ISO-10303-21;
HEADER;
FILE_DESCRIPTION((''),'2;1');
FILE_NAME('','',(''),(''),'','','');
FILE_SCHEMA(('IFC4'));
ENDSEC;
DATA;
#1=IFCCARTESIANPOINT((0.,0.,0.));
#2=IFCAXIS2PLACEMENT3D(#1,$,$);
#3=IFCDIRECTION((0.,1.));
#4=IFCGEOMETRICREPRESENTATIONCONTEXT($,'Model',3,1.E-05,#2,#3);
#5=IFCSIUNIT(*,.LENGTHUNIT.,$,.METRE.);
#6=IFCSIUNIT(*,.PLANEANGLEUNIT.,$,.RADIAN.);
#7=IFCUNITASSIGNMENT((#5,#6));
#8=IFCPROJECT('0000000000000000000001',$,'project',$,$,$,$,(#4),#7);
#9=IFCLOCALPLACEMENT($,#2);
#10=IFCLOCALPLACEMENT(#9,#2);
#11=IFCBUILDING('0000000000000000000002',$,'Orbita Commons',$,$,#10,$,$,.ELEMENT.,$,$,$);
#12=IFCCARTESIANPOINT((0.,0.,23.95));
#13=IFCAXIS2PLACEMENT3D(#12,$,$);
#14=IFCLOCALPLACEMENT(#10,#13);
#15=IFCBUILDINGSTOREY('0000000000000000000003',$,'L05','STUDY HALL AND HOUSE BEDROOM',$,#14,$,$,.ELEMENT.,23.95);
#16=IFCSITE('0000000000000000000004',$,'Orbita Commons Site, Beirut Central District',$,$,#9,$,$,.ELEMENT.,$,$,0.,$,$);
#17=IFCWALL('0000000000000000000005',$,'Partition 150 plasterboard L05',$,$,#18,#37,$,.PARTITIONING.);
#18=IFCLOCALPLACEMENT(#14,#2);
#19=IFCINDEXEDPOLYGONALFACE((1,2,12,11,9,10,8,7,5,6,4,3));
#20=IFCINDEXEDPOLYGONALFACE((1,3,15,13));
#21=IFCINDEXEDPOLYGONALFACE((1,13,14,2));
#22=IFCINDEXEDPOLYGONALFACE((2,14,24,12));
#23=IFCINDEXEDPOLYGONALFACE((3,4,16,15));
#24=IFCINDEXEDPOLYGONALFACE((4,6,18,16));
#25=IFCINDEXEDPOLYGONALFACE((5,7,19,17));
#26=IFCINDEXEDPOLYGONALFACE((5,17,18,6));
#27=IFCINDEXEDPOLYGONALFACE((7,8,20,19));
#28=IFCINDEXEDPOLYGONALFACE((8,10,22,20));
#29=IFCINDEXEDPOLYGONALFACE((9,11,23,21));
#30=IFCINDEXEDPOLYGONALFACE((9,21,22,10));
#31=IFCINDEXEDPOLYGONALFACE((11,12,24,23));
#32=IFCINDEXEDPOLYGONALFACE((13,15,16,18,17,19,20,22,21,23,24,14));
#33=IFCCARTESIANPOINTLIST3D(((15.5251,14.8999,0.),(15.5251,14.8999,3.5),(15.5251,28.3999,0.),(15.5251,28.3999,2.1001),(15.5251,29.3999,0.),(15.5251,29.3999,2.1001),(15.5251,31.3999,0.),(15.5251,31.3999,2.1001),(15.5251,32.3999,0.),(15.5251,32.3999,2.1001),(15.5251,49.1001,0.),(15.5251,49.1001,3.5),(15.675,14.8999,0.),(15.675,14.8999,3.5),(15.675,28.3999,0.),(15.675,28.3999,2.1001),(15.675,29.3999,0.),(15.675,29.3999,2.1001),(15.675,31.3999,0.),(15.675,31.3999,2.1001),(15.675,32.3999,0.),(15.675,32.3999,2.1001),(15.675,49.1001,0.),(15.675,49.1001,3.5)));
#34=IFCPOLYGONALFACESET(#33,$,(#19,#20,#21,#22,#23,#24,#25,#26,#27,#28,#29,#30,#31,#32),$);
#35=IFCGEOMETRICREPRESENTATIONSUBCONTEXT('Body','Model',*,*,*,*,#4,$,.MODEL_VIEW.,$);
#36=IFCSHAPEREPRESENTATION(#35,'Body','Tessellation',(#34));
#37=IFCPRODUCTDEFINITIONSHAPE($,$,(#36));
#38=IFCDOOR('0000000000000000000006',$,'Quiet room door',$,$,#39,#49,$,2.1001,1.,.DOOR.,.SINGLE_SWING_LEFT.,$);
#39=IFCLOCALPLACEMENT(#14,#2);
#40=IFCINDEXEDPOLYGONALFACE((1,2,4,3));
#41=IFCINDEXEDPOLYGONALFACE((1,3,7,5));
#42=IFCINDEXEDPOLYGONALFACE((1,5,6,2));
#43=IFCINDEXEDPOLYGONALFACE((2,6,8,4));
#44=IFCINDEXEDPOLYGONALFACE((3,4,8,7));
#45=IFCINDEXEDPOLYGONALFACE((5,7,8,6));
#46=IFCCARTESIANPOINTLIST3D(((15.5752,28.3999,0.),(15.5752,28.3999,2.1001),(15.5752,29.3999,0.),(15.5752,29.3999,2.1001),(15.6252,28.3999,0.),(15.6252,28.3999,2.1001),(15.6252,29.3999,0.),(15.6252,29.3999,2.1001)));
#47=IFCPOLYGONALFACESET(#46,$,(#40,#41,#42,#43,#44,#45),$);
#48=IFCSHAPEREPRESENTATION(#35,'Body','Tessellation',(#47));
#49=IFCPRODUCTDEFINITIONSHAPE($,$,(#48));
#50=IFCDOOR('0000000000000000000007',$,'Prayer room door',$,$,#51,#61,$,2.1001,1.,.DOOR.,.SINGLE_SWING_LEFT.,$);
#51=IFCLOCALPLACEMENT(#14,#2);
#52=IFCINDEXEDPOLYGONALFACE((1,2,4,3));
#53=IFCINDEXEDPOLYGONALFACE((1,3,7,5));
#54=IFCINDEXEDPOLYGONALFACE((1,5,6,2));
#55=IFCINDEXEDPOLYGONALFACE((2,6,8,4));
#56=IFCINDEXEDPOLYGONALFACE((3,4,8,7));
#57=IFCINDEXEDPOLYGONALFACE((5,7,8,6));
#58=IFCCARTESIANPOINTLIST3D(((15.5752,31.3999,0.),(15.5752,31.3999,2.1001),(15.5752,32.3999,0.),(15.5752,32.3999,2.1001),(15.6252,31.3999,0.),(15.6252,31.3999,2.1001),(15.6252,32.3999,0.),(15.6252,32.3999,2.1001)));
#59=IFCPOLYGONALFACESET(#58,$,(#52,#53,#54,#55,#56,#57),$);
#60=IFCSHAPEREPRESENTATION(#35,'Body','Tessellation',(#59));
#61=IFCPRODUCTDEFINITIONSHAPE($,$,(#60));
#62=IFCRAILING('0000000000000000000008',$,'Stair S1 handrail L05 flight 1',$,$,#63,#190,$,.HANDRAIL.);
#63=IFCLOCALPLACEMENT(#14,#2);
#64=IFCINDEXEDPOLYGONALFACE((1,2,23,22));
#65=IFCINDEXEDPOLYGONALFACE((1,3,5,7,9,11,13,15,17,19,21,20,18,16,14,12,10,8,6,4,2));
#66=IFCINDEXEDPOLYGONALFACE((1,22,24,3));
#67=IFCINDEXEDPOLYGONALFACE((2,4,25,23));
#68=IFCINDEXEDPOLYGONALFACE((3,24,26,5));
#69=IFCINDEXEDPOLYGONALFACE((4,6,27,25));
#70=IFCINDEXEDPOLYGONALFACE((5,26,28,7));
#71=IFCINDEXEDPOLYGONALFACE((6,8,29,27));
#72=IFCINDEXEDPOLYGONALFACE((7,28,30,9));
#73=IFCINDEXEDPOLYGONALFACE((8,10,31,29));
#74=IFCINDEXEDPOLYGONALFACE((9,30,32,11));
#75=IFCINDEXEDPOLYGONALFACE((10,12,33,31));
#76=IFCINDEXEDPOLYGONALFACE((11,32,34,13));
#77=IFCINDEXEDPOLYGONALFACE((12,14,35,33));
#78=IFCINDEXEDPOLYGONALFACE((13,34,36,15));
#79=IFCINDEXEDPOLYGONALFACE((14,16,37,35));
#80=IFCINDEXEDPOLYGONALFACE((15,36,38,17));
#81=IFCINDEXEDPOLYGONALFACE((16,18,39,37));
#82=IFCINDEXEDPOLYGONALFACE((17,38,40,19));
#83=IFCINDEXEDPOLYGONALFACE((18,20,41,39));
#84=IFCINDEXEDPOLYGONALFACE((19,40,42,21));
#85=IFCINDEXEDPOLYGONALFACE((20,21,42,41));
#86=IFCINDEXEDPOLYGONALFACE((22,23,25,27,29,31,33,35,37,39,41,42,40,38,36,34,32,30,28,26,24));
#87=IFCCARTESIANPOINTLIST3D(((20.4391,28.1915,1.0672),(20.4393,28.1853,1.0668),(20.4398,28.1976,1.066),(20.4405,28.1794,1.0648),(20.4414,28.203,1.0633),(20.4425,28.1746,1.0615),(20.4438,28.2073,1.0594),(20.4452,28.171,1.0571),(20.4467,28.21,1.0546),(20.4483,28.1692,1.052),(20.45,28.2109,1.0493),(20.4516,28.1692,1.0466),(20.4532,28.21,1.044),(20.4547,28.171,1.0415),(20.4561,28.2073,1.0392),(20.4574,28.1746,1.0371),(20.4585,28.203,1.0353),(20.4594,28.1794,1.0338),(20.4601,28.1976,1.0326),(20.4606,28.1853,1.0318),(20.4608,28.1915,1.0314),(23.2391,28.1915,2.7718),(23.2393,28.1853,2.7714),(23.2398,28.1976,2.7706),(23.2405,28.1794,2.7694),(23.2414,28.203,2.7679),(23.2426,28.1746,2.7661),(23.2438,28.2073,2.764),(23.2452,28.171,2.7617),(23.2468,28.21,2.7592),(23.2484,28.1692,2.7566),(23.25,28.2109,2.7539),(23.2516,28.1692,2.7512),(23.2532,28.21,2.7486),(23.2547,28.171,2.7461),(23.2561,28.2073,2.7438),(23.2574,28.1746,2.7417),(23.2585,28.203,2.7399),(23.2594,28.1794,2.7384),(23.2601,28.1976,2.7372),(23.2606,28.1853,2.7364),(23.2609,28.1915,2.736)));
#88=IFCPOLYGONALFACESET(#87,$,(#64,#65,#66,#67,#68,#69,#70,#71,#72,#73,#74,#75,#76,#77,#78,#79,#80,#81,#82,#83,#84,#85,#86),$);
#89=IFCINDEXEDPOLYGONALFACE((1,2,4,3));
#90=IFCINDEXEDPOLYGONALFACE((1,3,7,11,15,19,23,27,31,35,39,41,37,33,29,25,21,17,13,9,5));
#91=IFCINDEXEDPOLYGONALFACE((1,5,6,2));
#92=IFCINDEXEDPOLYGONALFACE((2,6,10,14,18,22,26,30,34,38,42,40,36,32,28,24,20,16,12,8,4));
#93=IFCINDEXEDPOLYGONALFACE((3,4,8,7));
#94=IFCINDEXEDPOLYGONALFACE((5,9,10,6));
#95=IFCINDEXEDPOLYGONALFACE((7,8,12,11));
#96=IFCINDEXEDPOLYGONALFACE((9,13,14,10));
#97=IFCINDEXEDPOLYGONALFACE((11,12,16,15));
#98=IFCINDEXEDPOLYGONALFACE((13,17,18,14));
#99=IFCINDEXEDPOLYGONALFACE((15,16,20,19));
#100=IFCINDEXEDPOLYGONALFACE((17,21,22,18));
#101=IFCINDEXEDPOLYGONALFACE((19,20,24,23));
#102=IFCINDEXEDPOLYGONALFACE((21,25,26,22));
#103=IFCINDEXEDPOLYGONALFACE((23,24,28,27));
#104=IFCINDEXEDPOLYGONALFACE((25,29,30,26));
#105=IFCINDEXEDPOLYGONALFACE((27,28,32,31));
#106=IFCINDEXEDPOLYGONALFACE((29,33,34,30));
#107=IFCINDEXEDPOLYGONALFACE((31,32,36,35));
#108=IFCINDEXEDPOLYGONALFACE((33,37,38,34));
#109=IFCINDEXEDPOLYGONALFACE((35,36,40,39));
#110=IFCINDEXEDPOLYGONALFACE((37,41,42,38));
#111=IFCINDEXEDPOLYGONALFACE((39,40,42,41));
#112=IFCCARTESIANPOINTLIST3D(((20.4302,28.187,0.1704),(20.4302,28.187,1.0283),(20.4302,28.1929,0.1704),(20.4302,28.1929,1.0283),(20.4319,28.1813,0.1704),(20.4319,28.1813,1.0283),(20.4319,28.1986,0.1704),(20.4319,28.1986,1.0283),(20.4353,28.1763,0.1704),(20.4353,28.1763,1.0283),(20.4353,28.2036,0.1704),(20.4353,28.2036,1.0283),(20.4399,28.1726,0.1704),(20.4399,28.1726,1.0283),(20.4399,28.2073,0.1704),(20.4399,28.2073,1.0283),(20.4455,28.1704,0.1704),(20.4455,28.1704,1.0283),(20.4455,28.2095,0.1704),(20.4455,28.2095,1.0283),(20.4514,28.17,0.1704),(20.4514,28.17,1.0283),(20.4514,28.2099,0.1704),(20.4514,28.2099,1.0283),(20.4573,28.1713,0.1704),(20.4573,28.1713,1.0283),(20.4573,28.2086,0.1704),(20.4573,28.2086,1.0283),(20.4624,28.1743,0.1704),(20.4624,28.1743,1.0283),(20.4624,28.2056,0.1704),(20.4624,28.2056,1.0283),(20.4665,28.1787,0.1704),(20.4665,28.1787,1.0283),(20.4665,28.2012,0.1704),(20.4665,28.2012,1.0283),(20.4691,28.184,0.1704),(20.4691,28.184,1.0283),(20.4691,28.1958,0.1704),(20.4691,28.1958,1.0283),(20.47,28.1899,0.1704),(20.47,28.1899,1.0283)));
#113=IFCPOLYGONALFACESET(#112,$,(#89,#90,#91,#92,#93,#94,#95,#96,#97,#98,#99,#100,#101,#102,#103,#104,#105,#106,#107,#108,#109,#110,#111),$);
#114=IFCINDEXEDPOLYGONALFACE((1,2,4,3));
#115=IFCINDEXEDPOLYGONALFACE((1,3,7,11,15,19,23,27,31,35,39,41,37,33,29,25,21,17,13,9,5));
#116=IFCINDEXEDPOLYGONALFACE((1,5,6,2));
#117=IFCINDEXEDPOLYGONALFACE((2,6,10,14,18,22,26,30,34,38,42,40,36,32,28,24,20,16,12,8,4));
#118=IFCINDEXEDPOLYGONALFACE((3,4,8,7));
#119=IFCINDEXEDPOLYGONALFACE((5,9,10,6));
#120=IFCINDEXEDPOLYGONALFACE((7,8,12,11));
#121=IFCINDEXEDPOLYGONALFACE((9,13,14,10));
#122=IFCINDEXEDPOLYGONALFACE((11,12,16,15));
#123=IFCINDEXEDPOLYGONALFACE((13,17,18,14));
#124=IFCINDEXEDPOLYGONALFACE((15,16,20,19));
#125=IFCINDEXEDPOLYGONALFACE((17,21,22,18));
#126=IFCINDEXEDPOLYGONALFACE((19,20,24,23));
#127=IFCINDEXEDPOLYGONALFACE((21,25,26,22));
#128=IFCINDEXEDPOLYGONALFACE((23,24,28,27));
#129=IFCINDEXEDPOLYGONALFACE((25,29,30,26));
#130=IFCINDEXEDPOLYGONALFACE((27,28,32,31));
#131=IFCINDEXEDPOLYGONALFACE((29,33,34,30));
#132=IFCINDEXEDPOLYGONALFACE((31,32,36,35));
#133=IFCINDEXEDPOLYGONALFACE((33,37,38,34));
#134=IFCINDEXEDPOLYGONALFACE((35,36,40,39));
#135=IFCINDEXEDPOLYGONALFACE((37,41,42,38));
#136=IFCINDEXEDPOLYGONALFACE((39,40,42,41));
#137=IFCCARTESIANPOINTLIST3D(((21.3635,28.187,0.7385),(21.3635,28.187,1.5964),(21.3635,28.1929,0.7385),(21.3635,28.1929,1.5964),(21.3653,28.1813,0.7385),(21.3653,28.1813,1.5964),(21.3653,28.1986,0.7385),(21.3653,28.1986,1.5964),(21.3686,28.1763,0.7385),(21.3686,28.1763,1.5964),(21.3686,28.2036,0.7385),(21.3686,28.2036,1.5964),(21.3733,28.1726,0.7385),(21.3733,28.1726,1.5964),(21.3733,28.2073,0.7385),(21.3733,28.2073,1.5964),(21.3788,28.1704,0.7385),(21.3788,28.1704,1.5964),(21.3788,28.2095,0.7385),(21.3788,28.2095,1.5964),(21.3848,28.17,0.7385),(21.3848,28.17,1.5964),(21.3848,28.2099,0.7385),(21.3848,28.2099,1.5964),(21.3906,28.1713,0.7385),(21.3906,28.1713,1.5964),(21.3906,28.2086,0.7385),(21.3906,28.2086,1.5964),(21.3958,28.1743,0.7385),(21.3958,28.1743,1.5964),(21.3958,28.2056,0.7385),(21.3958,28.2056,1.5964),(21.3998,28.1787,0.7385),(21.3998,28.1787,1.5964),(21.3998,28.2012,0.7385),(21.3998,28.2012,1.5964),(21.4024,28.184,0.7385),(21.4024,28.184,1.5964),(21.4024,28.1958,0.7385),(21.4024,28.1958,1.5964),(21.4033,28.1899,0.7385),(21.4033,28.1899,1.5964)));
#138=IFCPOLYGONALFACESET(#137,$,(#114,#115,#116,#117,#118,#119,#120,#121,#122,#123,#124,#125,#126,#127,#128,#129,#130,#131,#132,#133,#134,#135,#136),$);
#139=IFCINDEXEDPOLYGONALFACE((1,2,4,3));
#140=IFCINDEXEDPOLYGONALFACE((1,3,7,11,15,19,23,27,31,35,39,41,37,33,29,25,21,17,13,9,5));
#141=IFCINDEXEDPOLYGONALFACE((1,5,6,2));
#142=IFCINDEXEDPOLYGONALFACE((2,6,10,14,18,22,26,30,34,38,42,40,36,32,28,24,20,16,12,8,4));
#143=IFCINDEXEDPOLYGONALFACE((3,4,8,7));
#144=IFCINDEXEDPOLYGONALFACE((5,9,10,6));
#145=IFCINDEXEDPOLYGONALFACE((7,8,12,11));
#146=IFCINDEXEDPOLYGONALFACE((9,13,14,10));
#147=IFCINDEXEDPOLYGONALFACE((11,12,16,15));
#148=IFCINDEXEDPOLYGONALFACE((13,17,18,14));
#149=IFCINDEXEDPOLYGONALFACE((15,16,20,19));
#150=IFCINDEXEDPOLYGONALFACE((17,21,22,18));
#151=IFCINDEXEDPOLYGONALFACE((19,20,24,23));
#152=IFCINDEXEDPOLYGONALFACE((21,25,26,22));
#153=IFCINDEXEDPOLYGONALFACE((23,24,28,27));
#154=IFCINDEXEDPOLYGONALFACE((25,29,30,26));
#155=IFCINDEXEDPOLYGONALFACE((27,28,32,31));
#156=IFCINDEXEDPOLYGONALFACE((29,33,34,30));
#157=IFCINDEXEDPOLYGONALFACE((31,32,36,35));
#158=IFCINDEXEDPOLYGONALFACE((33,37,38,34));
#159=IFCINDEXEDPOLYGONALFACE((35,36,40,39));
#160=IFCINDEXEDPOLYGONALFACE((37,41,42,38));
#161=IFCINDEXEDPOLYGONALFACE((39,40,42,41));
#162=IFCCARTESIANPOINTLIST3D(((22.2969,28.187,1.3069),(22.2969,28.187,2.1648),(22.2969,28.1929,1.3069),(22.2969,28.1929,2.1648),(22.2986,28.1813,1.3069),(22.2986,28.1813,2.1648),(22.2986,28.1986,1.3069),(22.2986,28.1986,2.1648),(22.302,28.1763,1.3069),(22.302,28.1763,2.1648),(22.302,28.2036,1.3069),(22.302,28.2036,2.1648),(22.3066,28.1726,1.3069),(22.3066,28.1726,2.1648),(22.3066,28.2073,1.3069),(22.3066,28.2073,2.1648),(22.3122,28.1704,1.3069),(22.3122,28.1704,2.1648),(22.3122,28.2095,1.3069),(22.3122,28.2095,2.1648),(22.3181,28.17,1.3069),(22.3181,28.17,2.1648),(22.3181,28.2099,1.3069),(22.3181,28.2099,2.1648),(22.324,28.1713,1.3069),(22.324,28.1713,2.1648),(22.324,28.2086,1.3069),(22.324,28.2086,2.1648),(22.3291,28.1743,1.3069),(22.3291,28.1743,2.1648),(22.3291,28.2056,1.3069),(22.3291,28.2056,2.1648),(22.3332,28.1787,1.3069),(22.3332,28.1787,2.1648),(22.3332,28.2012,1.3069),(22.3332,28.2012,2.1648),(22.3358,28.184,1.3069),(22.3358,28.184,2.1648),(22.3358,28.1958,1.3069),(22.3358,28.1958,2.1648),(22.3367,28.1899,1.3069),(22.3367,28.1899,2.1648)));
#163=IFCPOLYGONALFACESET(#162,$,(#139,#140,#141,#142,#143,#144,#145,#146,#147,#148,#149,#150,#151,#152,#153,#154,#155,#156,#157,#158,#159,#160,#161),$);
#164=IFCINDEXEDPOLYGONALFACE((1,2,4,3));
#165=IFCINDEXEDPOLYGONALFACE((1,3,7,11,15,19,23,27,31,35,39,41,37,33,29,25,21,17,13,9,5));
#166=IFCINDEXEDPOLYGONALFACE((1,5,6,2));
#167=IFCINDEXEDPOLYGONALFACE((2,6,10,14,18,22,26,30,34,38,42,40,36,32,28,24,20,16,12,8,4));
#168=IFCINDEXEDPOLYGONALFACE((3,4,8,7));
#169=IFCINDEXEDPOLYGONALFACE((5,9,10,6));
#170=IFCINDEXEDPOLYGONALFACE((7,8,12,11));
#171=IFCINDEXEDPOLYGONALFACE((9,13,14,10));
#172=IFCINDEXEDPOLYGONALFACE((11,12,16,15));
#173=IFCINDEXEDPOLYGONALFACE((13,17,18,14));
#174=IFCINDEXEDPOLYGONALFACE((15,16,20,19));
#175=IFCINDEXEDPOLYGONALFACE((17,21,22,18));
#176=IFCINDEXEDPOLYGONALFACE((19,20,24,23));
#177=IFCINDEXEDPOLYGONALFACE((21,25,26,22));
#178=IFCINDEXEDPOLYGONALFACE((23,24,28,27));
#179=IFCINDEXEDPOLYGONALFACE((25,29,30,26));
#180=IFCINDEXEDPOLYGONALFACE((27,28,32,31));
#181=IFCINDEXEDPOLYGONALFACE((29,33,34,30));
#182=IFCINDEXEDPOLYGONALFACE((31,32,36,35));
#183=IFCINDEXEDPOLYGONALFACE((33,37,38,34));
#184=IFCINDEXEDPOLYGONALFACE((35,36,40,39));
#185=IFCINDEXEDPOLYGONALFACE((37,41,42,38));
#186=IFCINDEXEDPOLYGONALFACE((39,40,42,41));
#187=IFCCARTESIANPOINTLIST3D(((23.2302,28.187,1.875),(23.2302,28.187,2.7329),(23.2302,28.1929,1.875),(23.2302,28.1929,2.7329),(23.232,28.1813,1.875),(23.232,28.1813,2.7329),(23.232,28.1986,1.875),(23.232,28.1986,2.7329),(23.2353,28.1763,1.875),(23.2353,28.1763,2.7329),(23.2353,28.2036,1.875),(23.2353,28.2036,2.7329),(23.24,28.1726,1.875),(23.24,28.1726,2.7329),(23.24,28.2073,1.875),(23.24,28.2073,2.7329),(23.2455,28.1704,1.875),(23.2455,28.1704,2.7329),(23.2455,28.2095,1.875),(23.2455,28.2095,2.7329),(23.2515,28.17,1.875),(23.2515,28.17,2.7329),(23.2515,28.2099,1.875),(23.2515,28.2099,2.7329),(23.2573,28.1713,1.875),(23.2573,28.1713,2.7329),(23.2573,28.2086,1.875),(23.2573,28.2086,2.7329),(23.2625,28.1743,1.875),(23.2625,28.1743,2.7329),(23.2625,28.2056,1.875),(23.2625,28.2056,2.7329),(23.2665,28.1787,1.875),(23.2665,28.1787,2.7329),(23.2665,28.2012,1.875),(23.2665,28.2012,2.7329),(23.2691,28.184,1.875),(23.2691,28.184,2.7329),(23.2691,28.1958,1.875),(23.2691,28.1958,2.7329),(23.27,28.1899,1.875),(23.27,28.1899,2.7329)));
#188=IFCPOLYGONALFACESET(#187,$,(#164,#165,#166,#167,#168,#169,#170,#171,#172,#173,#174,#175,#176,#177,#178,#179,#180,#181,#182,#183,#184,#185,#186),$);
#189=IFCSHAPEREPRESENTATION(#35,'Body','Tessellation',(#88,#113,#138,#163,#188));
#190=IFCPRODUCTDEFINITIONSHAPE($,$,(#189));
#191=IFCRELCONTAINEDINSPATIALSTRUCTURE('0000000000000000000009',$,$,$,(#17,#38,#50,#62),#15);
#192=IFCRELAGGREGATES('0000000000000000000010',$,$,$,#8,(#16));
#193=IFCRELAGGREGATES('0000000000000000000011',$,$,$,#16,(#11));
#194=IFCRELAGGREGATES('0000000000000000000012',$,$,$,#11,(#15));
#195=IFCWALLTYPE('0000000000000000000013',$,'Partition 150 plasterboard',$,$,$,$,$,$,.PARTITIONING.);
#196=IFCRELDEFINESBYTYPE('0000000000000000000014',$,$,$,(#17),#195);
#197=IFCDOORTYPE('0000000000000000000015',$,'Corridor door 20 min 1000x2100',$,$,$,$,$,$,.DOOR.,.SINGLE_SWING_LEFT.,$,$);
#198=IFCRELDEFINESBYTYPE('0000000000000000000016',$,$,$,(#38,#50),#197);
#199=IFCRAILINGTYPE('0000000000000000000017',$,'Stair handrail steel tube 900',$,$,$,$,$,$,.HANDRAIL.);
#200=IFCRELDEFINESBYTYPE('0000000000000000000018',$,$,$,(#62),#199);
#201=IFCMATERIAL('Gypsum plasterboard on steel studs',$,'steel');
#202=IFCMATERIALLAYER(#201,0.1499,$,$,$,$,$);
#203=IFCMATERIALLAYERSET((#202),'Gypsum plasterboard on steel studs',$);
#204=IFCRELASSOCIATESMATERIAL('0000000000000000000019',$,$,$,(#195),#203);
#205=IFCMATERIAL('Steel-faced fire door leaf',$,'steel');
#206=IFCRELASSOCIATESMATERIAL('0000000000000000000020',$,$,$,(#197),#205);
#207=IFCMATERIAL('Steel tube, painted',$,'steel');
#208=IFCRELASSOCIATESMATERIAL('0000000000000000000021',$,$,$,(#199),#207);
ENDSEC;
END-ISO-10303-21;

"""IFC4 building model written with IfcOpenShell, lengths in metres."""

from ifc_helpers import new_model, si_unit, direction, frame, frame_2d, origin, origin_2d, place, context, subcontext, project, spatial, rectangle, circle, extrude, material, layer, layer_set, type_object, element, fill, save


model = new_model("IFC4")

# Units and contexts
model_context = context("Model", 3, precision=1e-05, world=origin(), true_north=direction((0.0, 1.0)))
body_context = subcontext(model_context, "Body", "Model", "MODEL_VIEW")
ifc_project = project(units=[si_unit("LENGTHUNIT", "METRE"), si_unit("PLANEANGLEUNIT", "RADIAN")], contexts=[model_context])

# Site, building, storey
site_placement = place(None, origin())
site = spatial("IfcSite", under=ifc_project, at=site_placement, Name="Orbita Commons Site, Beirut Central District", CompositionType="ELEMENT", RefElevation=0.0)
building_placement = place(site_placement, origin())
building = spatial("IfcBuilding", under=site, at=building_placement, Name="Orbita Commons", CompositionType="ELEMENT")
storey_placement = place(building_placement, frame((0.0, 0.0, 23.95)))
storey = spatial("IfcBuildingStorey", under=building, at=storey_placement, Name="L05", Description="STUDY HALL AND HOUSE BEDROOM", CompositionType="ELEMENT", Elevation=23.95)

# Shared definitions
ifc_material_1 = material(Name="Gypsum plasterboard on steel studs", Category="steel")
ifc_layer_1 = layer(ifc_material_1, 0.1499)
ifc_layer_set_1 = layer_set([ifc_layer_1], Name="Gypsum plasterboard on steel studs")
wall_type_1 = type_object("IfcWallType", Name="Partition 150 plasterboard", PredefinedType="PARTITIONING", material=ifc_layer_set_1)

# Wall, openings, doors
wall_1_placement = place(storey_placement, frame((15.6001, 14.8999, 0.0), z_axis=(0.0, 0.0, 1.0), x_axis=(0.0, 1.0, 0.0)))
wall_1 = element("IfcWall", 1, at=wall_1_placement, inside=storey, type_object=wall_type_1, Name="Partition 150 plasterboard L05", PredefinedType="PARTITIONING", context=body_context, shape_type="SweptSolid", body=[
    extrude(rectangle(XDim=34.2002, YDim=0.1499, at=frame_2d((17.1001, 0.0))), origin(), (0.0, 0.0, 1.0), 3.5),
])
opening_1_placement = place(wall_1_placement, frame((13.5, 0.0, 0.0)))
opening_1 = element("IfcOpeningElement", 2, at=opening_1_placement, cuts=wall_1, PredefinedType="OPENING", context=body_context, shape_type="SweptSolid", body=[
    extrude(rectangle(XDim=1.0, YDim=2.1001, at=frame_2d((0.5, 1.05))), frame((0.0, 0.085, 0.0), z_axis=(0.0, -1.0, 0.0), x_axis=(1.0, 0.0, 0.0)), (0.0, 0.0, 1.0), 0.1699),
])
opening_2_placement = place(wall_1_placement, frame((16.5, 0.0, 0.0)))
opening_2 = element("IfcOpeningElement", 3, at=opening_2_placement, cuts=wall_1, PredefinedType="OPENING", context=body_context, shape_type="SweptSolid", body=[
    extrude(rectangle(XDim=1.0, YDim=2.1001, at=frame_2d((0.5, 1.05))), frame((0.0, 0.085, 0.0), z_axis=(0.0, -1.0, 0.0), x_axis=(1.0, 0.0, 0.0)), (0.0, 0.0, 1.0), 0.1699),
])
ifc_material_2 = material(Name="Steel-faced fire door leaf", Category="steel")
door_type_1 = type_object("IfcDoorType", Name="Corridor door 20 min 1000x2100", OperationType="SINGLE_SWING_LEFT", PredefinedType="DOOR", material=ifc_material_2)
door_1_placement = place(opening_1_placement, origin())
door_1 = element("IfcDoor", 4, at=door_1_placement, inside=storey, type_object=door_type_1, Name="Quiet room door", OperationType="SINGLE_SWING_LEFT", OverallHeight=2.1001, OverallWidth=1.0, PredefinedType="DOOR", context=body_context, shape_type="SweptSolid", body=[
    extrude(rectangle(XDim=1.0, YDim=2.1001, at=frame_2d((0.5, 1.05))), frame((0.0, 0.0249, 0.0), z_axis=(0.0, -1.0, 0.0), x_axis=(1.0, 0.0, 0.0)), (0.0, 0.0, 1.0), 0.05),
])
fill(opening_1, door_1)
door_2_placement = place(opening_2_placement, origin())
door_2 = element("IfcDoor", 5, at=door_2_placement, inside=storey, type_object=door_type_1, Name="Prayer room door", OperationType="SINGLE_SWING_LEFT", OverallHeight=2.1001, OverallWidth=1.0, PredefinedType="DOOR", context=body_context, shape_type="SweptSolid", body=[
    extrude(rectangle(XDim=1.0, YDim=2.1001, at=frame_2d((0.5, 1.05))), frame((0.0, 0.0249, 0.0), z_axis=(0.0, -1.0, 0.0), x_axis=(1.0, 0.0, 0.0)), (0.0, 0.0, 1.0), 0.05),
])
fill(opening_2, door_2)

# Railing
ifc_material_3 = material(Name="Steel tube, painted", Category="steel")
railing_type = type_object("IfcRailingType", Name="Stair handrail steel tube 900", PredefinedType="HANDRAIL", material=ifc_material_3)
for number, where, name in (
    (6, (20.45, 28.1899, 0.1704), "Stair S1 handrail L05 flight 1"),
):
    element("IfcRailing", number, at=place(storey_placement, frame(where)), inside=storey, type_object=railing_type, Name=name, PredefinedType="HANDRAIL", context=body_context, shape_type="SweptSolid", body=[
        extrude(circle(Radius=0.021, at=origin_2d()), frame((0.0, 0.0, 0.8789), z_axis=(0.85417, 0.0, 0.519994), x_axis=(0.0, 1.0, 0.0)), (0.0, 0.0, 1.0), 3.2781),
        extrude(circle(Radius=0.02, at=origin_2d()), origin(), (0.0, 0.0, 1.0), 0.8579),
        extrude(circle(Radius=0.02, at=origin_2d()), frame((0.9333, 0.0, 0.5681)), (0.0, 0.0, 1.0), 0.8579),
        extrude(circle(Radius=0.02, at=origin_2d()), frame((1.8667, 0.0, 1.1365)), (0.0, 0.0, 1.0), 0.8579),
        extrude(circle(Radius=0.02, at=origin_2d()), frame((2.8, 0.0, 1.7046)), (0.0, 0.0, 1.0), 0.8579),
    ])

save(model, "model.ifc")
